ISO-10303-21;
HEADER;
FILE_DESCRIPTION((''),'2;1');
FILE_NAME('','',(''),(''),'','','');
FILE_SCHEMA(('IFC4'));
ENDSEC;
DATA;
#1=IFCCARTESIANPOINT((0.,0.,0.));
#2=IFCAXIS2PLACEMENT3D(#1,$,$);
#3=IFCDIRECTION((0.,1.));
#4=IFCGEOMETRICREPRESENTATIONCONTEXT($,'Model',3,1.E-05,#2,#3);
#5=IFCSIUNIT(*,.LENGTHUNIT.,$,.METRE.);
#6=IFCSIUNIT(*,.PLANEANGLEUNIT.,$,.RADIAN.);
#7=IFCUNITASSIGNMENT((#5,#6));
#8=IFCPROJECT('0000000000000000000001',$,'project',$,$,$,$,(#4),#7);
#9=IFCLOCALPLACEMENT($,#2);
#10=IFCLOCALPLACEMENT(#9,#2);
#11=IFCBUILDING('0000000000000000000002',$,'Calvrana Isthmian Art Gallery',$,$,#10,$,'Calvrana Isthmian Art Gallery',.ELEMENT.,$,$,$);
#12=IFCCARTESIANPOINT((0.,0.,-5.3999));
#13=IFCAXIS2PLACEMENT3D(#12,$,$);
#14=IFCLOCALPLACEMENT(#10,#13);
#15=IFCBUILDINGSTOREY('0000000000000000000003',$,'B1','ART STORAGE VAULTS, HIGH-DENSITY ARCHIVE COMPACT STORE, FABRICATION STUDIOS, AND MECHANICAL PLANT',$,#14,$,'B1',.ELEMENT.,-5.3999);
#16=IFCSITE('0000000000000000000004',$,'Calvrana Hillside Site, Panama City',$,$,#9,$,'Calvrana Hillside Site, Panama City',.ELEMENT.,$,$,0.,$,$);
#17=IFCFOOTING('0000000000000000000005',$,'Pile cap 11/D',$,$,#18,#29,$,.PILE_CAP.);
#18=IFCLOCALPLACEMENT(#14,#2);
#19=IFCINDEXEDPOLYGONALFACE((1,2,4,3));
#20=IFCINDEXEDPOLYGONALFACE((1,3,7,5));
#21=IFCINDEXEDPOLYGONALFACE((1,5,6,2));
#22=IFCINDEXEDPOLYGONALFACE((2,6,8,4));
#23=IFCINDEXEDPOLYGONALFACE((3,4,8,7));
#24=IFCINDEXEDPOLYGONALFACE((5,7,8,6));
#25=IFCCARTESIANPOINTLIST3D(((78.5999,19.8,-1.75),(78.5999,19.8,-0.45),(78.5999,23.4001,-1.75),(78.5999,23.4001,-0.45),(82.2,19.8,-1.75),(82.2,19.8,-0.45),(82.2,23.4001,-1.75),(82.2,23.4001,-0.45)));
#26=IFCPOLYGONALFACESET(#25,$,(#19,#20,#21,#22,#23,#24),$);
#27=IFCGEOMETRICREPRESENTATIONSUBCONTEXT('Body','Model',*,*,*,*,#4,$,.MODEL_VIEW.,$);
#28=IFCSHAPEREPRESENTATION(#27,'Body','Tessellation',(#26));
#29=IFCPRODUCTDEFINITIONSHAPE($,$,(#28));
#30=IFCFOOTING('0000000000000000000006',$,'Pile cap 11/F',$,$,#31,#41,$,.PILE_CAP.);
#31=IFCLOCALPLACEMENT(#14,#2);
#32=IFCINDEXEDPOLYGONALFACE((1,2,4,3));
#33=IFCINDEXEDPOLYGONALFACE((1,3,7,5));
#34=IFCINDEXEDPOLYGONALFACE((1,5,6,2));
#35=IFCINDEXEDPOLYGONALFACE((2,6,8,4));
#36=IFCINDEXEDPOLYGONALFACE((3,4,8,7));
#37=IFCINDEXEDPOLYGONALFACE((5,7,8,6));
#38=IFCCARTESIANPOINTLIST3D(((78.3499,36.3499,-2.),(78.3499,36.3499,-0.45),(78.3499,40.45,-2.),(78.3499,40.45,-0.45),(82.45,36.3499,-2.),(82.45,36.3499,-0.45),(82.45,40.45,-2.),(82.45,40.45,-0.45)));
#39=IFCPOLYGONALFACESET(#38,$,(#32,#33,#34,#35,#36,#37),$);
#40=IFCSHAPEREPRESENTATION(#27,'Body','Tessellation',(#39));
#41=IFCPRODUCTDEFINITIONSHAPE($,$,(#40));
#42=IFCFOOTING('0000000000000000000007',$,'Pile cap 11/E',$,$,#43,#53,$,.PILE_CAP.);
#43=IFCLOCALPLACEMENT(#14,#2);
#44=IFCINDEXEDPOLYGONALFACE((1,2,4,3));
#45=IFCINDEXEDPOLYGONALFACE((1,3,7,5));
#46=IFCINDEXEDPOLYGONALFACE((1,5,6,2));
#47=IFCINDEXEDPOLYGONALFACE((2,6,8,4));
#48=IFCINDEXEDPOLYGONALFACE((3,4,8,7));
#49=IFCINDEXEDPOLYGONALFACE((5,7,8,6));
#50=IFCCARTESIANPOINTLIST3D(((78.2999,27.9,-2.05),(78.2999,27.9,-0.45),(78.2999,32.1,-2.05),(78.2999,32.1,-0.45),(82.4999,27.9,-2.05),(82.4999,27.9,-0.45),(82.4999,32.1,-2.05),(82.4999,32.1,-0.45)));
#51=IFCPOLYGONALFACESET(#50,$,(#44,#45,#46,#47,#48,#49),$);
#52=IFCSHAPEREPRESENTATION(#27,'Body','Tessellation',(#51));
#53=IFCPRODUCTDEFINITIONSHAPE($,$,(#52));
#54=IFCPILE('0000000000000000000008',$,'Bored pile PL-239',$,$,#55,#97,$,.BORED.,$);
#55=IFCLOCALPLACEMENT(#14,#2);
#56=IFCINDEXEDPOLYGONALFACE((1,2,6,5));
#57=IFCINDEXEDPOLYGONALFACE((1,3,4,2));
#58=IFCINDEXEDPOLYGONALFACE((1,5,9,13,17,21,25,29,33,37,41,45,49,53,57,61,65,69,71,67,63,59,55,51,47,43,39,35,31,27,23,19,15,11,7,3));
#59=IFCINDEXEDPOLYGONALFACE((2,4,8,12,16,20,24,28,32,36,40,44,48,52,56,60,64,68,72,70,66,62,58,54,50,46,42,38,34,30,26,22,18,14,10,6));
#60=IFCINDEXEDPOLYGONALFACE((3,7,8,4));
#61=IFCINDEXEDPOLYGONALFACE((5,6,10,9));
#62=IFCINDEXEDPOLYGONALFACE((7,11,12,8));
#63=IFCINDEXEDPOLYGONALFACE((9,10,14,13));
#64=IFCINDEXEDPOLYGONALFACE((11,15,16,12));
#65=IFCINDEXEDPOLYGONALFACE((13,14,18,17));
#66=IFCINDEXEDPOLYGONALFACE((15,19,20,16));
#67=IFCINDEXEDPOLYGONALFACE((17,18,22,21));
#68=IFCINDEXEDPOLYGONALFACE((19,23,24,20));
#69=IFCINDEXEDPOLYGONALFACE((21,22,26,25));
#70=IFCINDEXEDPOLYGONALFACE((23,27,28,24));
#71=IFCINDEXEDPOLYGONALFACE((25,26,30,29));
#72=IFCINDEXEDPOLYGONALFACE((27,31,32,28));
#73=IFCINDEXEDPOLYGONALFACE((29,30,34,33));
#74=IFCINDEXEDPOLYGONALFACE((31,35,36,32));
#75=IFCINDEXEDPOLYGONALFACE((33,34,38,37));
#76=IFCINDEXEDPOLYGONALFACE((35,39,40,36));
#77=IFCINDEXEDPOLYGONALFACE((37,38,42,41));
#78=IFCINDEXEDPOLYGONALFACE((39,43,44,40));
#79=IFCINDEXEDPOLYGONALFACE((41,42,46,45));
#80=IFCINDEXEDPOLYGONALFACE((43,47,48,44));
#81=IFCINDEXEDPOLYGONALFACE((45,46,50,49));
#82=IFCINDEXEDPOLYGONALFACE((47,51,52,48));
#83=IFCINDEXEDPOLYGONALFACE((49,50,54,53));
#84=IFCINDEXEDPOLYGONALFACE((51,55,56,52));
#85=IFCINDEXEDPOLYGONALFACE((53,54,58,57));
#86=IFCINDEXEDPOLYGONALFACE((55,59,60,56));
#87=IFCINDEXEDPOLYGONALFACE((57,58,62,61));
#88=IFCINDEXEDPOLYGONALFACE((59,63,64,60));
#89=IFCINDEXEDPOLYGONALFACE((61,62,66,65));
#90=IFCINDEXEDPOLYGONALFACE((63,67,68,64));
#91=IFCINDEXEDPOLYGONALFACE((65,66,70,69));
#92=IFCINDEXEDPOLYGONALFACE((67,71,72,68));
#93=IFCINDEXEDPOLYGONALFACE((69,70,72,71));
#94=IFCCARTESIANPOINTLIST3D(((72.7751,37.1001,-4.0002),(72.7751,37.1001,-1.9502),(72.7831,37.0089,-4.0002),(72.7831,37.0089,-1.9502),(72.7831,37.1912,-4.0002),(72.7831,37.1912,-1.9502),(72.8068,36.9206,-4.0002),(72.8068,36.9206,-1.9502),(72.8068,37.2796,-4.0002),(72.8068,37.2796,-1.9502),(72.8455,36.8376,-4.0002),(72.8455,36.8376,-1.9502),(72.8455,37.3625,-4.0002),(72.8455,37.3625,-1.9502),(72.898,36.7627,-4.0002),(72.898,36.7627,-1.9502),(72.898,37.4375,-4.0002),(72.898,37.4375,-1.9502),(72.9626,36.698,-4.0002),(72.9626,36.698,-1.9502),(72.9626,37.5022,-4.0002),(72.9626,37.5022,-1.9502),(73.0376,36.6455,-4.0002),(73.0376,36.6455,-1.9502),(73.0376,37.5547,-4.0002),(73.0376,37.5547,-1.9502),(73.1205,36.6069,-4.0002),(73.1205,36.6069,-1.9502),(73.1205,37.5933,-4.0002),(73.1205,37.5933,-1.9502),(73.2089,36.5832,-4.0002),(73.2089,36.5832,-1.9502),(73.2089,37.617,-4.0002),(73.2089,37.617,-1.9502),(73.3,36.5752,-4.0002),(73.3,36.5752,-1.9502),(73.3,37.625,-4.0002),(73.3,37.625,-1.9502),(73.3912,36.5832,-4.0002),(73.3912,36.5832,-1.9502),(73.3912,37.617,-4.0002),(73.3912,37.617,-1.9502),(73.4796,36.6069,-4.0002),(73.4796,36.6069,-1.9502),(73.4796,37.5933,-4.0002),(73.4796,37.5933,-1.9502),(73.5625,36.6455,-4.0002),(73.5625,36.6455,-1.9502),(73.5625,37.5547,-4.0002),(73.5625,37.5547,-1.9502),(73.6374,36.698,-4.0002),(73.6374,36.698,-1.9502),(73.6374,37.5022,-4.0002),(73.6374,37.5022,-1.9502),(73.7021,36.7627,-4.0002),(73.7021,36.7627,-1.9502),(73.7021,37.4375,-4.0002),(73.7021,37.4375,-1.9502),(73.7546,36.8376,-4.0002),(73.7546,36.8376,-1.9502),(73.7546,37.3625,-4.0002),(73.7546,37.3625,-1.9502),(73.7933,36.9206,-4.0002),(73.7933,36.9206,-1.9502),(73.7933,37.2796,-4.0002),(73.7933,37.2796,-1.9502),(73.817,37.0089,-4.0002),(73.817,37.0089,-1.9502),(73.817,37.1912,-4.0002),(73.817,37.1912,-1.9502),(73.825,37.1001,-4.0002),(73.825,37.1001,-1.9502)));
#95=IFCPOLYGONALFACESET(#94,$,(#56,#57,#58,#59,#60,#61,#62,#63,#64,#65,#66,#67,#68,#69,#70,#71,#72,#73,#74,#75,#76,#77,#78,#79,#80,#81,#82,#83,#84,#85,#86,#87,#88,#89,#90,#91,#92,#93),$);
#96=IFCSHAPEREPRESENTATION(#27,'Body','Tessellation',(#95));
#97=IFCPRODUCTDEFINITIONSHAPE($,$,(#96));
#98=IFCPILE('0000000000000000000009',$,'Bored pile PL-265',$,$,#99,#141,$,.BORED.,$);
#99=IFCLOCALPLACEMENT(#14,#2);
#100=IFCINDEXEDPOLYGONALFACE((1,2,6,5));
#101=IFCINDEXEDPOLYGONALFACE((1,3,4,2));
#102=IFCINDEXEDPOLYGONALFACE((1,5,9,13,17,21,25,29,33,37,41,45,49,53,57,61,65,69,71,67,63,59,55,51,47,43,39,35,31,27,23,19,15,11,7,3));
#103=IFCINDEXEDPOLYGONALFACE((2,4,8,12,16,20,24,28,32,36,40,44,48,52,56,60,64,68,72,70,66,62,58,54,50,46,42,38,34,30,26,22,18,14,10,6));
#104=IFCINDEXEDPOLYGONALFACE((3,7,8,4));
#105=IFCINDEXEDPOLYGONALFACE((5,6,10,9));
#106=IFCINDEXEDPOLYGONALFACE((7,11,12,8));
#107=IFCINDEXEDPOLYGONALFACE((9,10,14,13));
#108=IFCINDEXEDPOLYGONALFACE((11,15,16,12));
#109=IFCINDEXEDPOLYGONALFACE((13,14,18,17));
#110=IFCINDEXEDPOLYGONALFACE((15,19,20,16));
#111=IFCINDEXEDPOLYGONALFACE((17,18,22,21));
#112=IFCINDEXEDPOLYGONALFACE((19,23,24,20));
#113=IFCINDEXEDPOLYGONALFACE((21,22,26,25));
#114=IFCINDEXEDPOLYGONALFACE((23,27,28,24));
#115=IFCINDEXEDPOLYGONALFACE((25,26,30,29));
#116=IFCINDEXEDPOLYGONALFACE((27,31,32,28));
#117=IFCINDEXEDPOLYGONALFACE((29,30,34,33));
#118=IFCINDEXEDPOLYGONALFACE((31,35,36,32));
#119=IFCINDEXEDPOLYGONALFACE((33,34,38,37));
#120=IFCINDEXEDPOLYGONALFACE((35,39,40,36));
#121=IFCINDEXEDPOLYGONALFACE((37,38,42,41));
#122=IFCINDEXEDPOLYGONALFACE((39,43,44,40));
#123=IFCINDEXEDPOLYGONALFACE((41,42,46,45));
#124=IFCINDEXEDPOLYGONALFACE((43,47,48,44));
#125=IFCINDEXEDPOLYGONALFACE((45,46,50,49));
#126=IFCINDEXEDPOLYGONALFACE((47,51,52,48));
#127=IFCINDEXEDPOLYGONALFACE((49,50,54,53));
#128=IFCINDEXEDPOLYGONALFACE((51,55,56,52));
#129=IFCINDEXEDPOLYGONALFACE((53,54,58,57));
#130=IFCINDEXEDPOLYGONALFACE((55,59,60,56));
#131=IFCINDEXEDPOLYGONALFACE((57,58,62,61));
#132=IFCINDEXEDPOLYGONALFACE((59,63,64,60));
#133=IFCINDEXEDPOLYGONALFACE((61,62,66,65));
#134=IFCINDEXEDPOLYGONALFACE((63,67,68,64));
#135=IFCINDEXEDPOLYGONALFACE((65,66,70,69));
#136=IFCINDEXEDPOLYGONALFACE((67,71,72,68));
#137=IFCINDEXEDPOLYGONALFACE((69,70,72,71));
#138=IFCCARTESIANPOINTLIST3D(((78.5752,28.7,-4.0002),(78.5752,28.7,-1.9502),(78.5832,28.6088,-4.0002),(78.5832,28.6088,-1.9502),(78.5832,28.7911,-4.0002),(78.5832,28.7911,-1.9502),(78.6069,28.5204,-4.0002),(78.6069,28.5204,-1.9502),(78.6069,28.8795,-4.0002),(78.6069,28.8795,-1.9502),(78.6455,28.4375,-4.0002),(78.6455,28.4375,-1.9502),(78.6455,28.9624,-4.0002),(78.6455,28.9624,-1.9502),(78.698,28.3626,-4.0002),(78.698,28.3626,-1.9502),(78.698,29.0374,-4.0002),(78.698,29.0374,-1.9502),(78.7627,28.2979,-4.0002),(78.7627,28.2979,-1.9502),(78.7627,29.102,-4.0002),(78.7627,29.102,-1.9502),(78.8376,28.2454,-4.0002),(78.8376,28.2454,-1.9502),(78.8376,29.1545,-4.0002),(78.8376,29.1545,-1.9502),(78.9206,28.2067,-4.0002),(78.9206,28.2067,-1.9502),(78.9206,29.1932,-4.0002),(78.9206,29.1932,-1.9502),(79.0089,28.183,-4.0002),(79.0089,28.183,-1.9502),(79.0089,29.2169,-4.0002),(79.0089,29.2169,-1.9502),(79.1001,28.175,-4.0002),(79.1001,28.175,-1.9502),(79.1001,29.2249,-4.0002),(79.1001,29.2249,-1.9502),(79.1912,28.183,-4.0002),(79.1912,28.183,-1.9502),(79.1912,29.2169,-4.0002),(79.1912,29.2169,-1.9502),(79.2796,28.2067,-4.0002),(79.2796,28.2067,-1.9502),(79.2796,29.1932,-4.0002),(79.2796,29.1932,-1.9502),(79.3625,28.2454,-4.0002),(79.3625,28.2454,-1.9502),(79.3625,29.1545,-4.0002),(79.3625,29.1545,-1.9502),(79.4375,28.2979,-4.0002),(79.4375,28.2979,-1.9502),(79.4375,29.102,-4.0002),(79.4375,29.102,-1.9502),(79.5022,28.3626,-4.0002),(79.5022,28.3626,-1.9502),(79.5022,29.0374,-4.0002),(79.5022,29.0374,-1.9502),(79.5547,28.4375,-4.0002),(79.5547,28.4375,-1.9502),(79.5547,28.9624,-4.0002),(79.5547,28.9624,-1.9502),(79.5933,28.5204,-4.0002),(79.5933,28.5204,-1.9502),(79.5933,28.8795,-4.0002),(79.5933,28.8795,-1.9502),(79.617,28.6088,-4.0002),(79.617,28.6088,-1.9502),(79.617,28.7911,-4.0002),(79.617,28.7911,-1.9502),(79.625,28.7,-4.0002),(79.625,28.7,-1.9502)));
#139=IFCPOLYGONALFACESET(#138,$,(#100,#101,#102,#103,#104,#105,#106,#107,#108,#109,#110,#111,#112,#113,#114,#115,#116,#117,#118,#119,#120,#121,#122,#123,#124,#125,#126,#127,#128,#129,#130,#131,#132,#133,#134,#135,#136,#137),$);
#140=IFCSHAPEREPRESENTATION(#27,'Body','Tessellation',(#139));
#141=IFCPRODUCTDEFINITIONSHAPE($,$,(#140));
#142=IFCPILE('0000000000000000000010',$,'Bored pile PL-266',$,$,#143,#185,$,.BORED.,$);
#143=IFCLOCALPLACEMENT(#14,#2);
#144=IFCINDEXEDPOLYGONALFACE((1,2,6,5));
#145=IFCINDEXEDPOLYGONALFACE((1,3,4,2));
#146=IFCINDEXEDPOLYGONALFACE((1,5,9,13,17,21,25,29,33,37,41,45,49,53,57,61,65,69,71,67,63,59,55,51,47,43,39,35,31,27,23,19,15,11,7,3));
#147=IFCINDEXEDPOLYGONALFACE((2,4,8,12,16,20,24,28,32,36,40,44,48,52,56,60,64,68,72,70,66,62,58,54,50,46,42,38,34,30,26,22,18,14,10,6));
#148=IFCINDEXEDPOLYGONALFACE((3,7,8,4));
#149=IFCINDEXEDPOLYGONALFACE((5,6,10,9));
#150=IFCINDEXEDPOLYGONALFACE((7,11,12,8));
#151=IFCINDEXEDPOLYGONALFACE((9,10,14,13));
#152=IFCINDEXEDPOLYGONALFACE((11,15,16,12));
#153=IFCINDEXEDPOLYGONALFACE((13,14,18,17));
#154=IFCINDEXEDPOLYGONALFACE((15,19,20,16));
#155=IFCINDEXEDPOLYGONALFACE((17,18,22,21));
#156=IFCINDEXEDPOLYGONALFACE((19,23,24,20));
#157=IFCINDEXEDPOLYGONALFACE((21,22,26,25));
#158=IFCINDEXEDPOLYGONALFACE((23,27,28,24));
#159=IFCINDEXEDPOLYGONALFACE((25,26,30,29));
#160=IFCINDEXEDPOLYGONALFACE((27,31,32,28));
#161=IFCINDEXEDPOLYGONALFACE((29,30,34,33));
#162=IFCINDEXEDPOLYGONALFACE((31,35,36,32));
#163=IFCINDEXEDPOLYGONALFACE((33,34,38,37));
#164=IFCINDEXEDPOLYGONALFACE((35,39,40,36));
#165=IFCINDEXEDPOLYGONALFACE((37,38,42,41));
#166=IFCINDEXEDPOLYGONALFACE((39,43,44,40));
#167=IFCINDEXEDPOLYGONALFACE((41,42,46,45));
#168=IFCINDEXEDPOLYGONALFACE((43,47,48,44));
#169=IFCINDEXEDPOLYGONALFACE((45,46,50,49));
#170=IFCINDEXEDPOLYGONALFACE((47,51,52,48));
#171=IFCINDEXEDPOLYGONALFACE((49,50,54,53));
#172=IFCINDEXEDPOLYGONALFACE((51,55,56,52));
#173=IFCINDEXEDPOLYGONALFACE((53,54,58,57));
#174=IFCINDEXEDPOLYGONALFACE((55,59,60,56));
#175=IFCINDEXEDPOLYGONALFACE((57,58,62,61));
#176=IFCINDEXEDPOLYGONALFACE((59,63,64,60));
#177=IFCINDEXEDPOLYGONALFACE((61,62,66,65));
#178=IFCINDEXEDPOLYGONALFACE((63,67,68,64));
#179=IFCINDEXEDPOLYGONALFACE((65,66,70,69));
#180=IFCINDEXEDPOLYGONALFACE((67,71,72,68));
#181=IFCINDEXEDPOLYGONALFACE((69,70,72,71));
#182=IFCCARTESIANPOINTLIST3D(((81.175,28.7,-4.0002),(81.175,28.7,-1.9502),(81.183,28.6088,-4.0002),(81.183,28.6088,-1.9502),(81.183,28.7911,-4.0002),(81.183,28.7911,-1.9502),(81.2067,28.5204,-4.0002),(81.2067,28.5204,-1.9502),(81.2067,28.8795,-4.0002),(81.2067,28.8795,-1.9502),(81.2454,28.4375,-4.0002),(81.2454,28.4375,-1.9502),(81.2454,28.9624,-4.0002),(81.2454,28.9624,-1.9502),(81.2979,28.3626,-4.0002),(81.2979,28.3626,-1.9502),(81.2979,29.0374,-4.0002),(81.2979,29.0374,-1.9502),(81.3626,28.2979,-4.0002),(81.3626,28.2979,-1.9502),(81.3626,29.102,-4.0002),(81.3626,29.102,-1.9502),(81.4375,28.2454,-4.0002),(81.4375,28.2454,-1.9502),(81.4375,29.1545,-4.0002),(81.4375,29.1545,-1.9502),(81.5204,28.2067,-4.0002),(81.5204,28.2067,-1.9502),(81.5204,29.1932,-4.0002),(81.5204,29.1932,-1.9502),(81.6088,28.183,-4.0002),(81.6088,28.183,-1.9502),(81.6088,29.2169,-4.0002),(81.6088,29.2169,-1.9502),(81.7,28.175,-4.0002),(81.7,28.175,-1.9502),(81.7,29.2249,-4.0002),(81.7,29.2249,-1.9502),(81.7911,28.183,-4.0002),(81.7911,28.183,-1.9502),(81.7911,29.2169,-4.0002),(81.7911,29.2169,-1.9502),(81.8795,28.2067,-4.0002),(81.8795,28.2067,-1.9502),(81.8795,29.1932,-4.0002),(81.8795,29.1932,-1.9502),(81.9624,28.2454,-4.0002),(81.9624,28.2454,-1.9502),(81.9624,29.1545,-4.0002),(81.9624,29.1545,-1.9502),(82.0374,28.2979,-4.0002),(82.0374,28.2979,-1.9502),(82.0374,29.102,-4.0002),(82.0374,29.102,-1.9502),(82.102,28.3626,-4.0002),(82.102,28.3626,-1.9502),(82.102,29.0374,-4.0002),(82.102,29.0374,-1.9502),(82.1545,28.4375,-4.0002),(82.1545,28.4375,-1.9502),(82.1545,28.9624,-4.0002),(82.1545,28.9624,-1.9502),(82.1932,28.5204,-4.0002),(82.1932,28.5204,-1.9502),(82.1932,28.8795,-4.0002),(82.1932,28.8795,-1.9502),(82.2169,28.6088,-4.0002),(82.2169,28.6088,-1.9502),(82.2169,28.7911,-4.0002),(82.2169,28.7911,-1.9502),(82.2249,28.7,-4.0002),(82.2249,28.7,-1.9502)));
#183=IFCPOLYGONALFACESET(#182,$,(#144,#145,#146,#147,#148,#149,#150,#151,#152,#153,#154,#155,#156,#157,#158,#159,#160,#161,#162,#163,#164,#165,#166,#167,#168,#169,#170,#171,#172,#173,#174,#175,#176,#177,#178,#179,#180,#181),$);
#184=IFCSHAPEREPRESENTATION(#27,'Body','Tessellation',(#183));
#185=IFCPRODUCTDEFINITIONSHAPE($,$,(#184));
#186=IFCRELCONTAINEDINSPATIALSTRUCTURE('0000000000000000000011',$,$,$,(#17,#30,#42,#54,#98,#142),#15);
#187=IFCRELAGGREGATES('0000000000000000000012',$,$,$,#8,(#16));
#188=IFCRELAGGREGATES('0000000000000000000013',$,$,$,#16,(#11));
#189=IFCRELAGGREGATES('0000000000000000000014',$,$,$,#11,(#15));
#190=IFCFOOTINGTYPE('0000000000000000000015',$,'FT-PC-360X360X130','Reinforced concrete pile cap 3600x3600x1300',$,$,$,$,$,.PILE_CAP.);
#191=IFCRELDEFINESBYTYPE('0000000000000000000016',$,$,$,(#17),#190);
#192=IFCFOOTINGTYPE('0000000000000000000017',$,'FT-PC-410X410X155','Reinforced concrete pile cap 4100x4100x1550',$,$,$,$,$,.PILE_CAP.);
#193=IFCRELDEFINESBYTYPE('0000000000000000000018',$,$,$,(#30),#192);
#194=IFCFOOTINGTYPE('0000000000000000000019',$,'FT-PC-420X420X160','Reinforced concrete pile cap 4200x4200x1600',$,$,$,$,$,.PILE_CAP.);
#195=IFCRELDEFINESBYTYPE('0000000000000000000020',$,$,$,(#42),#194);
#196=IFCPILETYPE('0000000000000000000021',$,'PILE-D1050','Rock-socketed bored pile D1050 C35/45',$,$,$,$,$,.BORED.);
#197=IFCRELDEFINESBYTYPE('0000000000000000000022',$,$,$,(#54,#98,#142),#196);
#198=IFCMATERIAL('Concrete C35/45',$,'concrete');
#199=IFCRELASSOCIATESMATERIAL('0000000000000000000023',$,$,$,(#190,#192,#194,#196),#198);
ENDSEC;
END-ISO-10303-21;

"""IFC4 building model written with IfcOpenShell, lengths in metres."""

from ifc_helpers import new_model, si_unit, direction, frame, origin, origin_2d, place, context, subcontext, project, spatial, rectangle, circle, extrude, material, material_profile, profile_set, type_object, element, save


model = new_model("IFC4")

# Units and contexts
model_context = context("Model", 3, precision=1e-05, world=origin(), true_north=direction((0.0, 1.0)))
body_context = subcontext(model_context, "Body", "Model", "MODEL_VIEW")
ifc_project = project(units=[si_unit("LENGTHUNIT", "METRE"), si_unit("PLANEANGLEUNIT", "RADIAN")], contexts=[model_context])

# Site, building, storey
site_placement = place(None, origin())
site = spatial("IfcSite", under=ifc_project, at=site_placement, Name="Calvrana Hillside Site, Panama City", LongName="Calvrana Hillside Site, Panama City", CompositionType="ELEMENT", RefElevation=0.0)
building_placement = place(site_placement, origin())
building = spatial("IfcBuilding", under=site, at=building_placement, Name="Calvrana Isthmian Art Gallery", LongName="Calvrana Isthmian Art Gallery", CompositionType="ELEMENT")
storey_placement = place(building_placement, frame((0.0, 0.0, -5.3999)))
storey = spatial("IfcBuildingStorey", under=building, at=storey_placement, Name="B1", Description="ART STORAGE VAULTS, HIGH-DENSITY ARCHIVE COMPACT STORE, FABRICATION STUDIOS, AND MECHANICAL PLANT", LongName="B1", CompositionType="ELEMENT", Elevation=-5.3999)

# Footings
ifc_material_1 = material(Name="Concrete C35/45", Category="concrete")
footing_type_1 = type_object("IfcFootingType", Name="FT-PC-360X360X130", Description="Reinforced concrete pile cap 3600x3600x1300", PredefinedType="PILE_CAP", material=ifc_material_1)
footing_1_placement = place(storey_placement, frame((80.3999, 21.6001, -1.75), z_axis=(0.0, 0.0, 1.0), x_axis=(1.0, 0.0, 0.0)))
element("IfcFooting", 1, at=footing_1_placement, inside=storey, type_object=footing_type_1, Name="Pile cap 11/D", PredefinedType="PILE_CAP", context=body_context, shape_type="SweptSolid", body=[
    extrude(rectangle(XDim=3.6001, YDim=3.6001, at=origin_2d()), origin(), (0.0, 0.0, 1.0), 1.3),
])
footing_type_2 = type_object("IfcFootingType", Name="FT-PC-410X410X155", Description="Reinforced concrete pile cap 4100x4100x1550", PredefinedType="PILE_CAP", material=ifc_material_1)
footing_2_placement = place(storey_placement, frame((80.3999, 38.3999, -2.0), z_axis=(0.0, 0.0, 1.0), x_axis=(1.0, 0.0, 0.0)))
element("IfcFooting", 2, at=footing_2_placement, inside=storey, type_object=footing_type_2, Name="Pile cap 11/F", PredefinedType="PILE_CAP", context=body_context, shape_type="SweptSolid", body=[
    extrude(rectangle(XDim=4.1001, YDim=4.1001, at=origin_2d()), origin(), (0.0, 0.0, 1.0), 1.55),
])
footing_type_3 = type_object("IfcFootingType", Name="FT-PC-420X420X160", Description="Reinforced concrete pile cap 4200x4200x1600", PredefinedType="PILE_CAP", material=ifc_material_1)
footing_3_placement = place(storey_placement, frame((80.3999, 30.0, -2.05), z_axis=(0.0, 0.0, 1.0), x_axis=(1.0, 0.0, 0.0)))
element("IfcFooting", 3, at=footing_3_placement, inside=storey, type_object=footing_type_3, Name="Pile cap 11/E", PredefinedType="PILE_CAP", context=body_context, shape_type="SweptSolid", body=[
    extrude(rectangle(XDim=4.2, YDim=4.2, at=origin_2d()), origin(), (0.0, 0.0, 1.0), 1.6001),
])

# Piles
ifc_material_profile_1 = material_profile(ifc_material_1, circle(Radius=0.5249, at=origin_2d()), Name="PILE1050D")
ifc_profile_set_1 = profile_set([ifc_material_profile_1], Name="Concrete C35/45")
pile_type_1 = type_object("IfcPileType", Name="PILE-D1050", Description="Rock-socketed bored pile D1050 C35/45", PredefinedType="BORED", material=ifc_profile_set_1)
for number, where, z_axis, x_axis, name in (
    (4, (73.3, 37.1001, -1.9502), (0.0, 0.0, -1.0), (1.0, 0.0, 0.0), "Bored pile PL-239"),
    (5, (79.1001, 28.7, -1.9502), (0.0, 0.0, -1.0), (1.0, 0.0, 0.0), "Bored pile PL-265"),
    (6, (81.7, 28.7, -1.9502), (0.0, 0.0, -1.0), (1.0, 0.0, 0.0), "Bored pile PL-266"),
):
    element("IfcPile", number, at=place(storey_placement, frame(where, z_axis=z_axis, x_axis=x_axis)), inside=storey, type_object=pile_type_1, Name=name, PredefinedType="BORED", context=body_context, shape_type="SweptSolid", body=[
        extrude(circle(Radius=0.5249, at=origin_2d()), origin(), (0.0, 0.0, 1.0), 2.05),
    ])

save(model, "model.ifc")
